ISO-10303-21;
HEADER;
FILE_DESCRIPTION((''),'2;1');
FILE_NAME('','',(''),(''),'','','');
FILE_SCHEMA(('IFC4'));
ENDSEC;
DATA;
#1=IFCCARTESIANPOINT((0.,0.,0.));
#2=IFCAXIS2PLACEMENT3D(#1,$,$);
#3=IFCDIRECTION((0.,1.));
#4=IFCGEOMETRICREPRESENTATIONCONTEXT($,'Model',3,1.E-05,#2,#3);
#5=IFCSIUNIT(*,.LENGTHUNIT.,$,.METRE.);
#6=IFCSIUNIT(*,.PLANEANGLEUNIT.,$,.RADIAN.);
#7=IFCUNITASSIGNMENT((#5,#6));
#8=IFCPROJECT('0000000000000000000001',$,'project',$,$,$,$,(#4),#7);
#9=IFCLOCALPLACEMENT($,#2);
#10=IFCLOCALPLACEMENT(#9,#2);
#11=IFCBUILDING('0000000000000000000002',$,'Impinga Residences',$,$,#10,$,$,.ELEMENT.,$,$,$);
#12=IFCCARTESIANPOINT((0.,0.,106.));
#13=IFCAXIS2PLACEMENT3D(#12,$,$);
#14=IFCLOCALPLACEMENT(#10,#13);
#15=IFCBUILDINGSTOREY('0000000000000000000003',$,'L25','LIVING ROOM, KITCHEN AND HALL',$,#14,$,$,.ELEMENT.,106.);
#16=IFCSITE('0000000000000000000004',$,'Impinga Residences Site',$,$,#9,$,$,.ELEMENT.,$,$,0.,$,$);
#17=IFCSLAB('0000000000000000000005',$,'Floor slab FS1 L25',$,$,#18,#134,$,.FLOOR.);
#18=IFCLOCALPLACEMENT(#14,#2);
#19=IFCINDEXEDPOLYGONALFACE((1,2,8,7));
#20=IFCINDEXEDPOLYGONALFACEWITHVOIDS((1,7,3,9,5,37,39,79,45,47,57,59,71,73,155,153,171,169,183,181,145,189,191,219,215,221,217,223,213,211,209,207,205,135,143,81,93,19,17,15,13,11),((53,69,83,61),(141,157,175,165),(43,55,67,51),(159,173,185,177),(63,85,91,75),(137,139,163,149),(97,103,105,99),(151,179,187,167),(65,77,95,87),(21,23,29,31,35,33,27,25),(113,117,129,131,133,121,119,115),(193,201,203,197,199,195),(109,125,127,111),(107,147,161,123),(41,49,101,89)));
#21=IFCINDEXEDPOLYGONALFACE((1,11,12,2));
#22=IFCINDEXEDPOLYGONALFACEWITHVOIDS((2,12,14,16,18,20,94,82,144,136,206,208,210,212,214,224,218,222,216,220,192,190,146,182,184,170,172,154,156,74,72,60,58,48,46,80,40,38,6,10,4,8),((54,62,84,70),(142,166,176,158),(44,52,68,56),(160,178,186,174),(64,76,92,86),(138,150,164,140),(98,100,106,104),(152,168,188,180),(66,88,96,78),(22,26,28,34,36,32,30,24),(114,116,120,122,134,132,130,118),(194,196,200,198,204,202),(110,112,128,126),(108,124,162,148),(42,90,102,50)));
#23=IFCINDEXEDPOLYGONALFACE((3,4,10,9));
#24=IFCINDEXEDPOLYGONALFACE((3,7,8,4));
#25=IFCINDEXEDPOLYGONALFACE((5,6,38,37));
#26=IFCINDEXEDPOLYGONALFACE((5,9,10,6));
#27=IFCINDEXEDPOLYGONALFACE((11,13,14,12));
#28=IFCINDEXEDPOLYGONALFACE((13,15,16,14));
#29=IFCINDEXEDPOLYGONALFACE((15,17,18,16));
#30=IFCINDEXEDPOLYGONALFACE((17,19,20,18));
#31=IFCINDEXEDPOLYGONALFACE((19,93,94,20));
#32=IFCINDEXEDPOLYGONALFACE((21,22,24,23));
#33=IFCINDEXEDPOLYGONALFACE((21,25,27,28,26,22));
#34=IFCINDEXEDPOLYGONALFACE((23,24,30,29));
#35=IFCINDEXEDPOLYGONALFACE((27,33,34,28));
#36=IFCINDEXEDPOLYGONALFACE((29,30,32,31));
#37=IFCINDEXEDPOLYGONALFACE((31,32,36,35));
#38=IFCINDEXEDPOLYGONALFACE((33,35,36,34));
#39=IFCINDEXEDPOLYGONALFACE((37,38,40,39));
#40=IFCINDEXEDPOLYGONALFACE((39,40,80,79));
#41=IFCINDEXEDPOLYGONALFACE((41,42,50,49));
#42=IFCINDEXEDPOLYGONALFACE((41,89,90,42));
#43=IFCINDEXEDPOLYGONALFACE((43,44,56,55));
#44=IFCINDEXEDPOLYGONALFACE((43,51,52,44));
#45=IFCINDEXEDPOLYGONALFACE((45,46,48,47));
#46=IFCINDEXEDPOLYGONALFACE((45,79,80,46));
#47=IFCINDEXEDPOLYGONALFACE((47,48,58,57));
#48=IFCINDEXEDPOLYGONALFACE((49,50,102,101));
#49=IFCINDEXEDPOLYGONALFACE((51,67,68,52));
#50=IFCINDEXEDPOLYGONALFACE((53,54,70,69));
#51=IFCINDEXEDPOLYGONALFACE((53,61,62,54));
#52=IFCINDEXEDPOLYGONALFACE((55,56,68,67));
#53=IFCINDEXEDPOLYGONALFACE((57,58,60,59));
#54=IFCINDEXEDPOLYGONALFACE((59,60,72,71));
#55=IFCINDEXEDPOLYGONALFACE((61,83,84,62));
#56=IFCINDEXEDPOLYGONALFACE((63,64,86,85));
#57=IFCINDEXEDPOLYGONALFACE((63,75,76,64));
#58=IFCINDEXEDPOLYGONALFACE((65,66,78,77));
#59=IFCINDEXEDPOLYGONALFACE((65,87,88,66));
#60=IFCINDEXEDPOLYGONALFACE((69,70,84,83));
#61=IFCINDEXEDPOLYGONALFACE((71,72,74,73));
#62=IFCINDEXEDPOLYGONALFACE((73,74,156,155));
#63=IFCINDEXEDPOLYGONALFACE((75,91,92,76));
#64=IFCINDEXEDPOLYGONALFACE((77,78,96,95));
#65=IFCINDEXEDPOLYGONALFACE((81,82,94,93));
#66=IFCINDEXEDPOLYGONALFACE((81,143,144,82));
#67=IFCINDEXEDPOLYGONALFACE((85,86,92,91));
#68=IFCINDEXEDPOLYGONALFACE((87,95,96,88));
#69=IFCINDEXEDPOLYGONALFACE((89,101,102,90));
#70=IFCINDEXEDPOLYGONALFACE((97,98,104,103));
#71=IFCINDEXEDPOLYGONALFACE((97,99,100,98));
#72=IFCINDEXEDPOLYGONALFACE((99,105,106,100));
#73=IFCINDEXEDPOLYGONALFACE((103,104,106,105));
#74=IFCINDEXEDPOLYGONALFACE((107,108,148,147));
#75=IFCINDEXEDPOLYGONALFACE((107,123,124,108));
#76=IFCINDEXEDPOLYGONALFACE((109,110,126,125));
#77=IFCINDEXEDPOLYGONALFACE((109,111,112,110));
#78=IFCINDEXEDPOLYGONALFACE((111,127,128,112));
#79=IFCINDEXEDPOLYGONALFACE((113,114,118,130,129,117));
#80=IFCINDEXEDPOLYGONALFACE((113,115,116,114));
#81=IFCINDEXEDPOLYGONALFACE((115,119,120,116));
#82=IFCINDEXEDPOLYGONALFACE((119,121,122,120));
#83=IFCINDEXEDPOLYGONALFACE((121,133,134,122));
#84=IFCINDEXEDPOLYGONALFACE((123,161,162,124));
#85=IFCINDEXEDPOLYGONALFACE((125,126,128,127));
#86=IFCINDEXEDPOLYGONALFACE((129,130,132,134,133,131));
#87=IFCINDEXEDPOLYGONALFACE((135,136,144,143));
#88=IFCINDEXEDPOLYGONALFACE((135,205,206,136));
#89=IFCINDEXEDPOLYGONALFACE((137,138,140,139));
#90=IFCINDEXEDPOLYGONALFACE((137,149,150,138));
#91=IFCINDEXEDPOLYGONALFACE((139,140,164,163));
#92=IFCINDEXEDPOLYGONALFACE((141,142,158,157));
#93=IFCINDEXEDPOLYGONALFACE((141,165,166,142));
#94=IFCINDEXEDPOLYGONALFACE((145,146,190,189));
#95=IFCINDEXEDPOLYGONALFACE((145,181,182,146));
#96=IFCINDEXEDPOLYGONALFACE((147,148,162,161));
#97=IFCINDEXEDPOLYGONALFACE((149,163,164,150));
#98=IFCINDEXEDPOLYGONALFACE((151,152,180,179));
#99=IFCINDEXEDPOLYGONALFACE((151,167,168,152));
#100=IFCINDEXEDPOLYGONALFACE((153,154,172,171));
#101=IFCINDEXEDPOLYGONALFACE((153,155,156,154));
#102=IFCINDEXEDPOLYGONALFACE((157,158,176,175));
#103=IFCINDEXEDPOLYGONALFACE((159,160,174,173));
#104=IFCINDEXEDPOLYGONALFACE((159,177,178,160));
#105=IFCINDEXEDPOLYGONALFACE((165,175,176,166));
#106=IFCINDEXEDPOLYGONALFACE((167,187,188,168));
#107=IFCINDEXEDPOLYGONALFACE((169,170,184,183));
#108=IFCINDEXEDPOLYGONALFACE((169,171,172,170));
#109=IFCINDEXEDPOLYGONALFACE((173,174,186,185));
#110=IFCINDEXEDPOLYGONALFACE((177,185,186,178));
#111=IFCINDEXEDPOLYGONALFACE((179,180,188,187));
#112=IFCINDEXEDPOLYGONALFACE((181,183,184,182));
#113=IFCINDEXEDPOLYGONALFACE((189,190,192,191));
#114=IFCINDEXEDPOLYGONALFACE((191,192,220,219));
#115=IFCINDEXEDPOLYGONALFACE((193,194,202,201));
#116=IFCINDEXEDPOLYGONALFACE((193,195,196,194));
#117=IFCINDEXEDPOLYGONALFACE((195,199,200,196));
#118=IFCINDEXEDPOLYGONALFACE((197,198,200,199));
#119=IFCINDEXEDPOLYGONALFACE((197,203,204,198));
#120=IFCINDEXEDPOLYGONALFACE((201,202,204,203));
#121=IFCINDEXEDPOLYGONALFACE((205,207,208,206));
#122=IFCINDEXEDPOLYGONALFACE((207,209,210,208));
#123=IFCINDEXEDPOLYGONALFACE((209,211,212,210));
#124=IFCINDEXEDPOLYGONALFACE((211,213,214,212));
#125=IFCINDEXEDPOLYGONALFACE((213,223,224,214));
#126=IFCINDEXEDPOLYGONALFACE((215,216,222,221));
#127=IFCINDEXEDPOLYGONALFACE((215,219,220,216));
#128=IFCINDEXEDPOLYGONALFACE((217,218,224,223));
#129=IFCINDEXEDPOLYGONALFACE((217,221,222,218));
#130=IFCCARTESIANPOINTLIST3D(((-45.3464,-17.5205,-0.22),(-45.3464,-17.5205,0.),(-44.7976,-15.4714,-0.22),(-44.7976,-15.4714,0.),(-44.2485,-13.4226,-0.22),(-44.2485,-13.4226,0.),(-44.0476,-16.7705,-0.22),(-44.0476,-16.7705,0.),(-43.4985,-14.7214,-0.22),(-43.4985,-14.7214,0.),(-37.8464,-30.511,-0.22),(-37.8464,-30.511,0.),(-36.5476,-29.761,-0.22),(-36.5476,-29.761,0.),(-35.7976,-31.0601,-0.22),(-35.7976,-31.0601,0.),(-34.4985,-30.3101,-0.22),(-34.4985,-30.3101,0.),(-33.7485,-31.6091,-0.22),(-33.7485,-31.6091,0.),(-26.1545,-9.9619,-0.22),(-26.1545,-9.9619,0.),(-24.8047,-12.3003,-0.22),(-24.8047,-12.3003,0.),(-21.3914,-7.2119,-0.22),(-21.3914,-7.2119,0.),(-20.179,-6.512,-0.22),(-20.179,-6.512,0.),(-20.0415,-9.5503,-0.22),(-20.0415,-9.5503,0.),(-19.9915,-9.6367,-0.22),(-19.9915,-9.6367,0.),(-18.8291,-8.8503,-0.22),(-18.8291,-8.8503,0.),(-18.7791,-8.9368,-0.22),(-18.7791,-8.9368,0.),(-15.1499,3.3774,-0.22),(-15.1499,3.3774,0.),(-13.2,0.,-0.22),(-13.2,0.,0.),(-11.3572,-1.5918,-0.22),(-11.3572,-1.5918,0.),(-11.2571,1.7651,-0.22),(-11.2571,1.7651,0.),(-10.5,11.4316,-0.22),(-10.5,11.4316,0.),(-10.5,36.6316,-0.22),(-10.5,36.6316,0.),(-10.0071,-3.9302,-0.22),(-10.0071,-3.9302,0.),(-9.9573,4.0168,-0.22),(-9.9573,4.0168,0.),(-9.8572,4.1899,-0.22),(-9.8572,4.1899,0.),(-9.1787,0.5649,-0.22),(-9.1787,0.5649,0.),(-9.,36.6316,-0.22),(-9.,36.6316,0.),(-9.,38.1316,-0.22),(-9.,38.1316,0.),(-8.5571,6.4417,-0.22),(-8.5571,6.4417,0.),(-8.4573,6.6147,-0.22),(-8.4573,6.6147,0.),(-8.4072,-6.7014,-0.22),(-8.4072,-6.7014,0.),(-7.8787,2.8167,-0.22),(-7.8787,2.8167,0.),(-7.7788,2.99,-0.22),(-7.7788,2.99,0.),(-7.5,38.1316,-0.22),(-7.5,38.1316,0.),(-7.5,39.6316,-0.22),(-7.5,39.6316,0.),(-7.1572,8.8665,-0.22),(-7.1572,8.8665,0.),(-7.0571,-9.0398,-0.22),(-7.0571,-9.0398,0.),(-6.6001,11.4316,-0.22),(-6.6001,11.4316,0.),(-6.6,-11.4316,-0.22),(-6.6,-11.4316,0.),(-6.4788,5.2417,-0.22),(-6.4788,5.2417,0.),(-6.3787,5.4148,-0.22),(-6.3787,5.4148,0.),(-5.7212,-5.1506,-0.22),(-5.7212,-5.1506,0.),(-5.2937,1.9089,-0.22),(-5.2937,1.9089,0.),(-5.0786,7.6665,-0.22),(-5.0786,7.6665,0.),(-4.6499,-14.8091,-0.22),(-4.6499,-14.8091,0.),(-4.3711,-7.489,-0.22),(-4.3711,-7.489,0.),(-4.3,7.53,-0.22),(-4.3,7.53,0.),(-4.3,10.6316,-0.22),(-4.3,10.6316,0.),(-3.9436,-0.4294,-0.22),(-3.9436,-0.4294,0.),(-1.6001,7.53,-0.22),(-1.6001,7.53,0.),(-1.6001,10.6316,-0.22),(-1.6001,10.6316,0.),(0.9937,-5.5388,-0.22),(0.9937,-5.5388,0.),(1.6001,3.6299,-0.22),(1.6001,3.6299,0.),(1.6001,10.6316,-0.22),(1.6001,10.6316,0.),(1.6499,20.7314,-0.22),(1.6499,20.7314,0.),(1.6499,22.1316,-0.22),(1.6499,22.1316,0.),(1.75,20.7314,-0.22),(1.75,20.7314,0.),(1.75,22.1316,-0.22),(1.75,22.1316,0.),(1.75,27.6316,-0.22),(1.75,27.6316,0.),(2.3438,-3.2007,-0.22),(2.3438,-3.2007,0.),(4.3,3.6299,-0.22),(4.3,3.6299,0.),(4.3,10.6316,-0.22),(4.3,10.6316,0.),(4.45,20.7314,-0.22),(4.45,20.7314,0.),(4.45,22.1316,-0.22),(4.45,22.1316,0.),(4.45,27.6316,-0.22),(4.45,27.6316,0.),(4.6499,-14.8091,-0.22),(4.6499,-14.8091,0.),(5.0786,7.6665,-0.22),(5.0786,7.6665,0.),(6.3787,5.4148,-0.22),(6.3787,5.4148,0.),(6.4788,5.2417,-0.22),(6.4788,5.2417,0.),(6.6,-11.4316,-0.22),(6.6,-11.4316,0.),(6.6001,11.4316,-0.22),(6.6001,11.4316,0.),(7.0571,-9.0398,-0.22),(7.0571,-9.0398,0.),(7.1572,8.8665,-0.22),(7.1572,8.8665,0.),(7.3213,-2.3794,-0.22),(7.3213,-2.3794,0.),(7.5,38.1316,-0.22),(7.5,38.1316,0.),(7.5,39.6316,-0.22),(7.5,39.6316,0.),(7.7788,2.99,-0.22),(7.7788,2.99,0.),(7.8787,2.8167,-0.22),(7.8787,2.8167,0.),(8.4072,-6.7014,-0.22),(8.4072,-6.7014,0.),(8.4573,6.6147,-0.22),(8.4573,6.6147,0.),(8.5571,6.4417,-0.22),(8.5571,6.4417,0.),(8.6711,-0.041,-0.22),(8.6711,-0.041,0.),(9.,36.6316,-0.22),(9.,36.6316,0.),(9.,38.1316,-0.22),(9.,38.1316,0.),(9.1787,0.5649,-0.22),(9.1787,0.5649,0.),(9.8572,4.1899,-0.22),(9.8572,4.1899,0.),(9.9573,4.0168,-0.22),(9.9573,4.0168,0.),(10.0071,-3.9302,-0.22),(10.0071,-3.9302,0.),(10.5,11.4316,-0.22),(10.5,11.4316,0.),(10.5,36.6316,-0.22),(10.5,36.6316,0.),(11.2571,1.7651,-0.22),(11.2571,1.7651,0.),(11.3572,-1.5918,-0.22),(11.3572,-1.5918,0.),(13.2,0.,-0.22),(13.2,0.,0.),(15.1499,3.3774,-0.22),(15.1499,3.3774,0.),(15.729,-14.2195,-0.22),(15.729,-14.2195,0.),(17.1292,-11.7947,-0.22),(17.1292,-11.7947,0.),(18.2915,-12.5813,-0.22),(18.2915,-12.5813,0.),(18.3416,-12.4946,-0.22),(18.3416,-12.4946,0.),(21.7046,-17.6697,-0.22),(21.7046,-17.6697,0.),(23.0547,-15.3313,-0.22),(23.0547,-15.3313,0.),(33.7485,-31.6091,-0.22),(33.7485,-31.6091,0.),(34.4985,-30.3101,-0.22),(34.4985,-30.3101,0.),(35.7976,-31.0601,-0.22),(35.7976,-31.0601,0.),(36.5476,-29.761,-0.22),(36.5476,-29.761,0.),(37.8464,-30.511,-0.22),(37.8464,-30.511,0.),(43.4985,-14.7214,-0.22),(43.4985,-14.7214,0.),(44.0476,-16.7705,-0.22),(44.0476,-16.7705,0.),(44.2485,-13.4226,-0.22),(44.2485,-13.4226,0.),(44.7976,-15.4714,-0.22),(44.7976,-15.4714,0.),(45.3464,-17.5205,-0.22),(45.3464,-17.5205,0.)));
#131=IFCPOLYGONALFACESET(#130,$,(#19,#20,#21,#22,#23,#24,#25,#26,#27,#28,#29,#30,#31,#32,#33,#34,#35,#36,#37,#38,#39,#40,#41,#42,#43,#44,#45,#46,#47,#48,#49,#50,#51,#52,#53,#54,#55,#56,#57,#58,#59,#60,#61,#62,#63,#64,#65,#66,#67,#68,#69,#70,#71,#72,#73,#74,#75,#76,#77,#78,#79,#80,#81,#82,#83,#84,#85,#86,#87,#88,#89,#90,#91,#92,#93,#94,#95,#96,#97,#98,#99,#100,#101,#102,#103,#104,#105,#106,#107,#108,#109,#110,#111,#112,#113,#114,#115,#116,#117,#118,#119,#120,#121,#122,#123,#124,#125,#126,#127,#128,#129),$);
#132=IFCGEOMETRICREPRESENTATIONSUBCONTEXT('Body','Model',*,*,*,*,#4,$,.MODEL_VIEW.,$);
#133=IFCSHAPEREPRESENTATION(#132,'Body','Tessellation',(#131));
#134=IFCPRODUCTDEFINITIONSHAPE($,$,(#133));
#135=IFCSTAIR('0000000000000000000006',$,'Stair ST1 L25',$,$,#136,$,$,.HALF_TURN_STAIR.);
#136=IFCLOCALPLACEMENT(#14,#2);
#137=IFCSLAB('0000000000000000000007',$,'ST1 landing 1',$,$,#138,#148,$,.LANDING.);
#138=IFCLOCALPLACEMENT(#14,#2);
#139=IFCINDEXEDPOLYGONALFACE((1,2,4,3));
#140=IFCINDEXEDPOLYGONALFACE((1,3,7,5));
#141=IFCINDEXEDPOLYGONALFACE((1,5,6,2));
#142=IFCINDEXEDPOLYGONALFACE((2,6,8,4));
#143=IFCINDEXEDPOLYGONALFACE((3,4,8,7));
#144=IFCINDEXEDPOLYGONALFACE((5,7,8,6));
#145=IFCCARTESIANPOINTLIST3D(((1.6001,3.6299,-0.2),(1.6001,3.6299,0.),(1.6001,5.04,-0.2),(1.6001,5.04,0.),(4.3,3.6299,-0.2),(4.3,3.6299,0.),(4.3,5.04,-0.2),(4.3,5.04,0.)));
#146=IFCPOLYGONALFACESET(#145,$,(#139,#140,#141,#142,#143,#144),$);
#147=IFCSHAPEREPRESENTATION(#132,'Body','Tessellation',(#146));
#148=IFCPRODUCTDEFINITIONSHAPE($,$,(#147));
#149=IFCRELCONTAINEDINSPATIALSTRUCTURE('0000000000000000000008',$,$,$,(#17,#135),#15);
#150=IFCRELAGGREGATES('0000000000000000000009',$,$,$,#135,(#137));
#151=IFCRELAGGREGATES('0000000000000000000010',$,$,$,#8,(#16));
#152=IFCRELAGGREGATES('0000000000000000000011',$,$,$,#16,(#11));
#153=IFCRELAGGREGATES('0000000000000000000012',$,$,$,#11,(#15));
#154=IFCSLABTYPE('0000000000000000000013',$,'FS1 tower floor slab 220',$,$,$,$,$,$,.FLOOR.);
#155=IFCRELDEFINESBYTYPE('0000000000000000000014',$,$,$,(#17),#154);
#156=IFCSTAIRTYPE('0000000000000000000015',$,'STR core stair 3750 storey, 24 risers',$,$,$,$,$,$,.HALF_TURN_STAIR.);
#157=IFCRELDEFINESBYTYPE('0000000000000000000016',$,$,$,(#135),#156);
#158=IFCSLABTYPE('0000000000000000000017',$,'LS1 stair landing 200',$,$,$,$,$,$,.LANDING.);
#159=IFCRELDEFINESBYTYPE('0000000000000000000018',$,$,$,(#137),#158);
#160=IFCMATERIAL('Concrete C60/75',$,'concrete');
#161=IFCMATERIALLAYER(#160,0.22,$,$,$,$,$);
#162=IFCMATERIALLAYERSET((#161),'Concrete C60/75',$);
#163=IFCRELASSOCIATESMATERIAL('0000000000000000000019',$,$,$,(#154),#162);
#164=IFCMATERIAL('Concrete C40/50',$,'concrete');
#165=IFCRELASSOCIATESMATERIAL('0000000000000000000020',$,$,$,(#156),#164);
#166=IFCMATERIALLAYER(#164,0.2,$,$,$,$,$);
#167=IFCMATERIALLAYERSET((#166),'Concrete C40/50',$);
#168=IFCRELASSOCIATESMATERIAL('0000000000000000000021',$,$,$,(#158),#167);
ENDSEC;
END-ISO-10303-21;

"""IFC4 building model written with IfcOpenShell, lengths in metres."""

from ifc_helpers import new_model, si_unit, direction, frame, origin, place, context, subcontext, project, spatial, polyline, outline, extrude, material, layer, layer_set, type_object, element, aggregate, save


model = new_model("IFC4")

# Units and contexts
model_context = context("Model", 3, precision=1e-05, world=origin(), true_north=direction((0.0, 1.0)))
body_context = subcontext(model_context, "Body", "Model", "MODEL_VIEW")
ifc_project = project(units=[si_unit("LENGTHUNIT", "METRE"), si_unit("PLANEANGLEUNIT", "RADIAN")], contexts=[model_context])

# Site, building, storey
site_placement = place(None, origin())
site = spatial("IfcSite", under=ifc_project, at=site_placement, Name="Impinga Residences Site", CompositionType="ELEMENT", RefElevation=0.0)
building_placement = place(site_placement, origin())
building = spatial("IfcBuilding", under=site, at=building_placement, Name="Impinga Residences", CompositionType="ELEMENT")
storey_placement = place(building_placement, frame((0.0, 0.0, 106.0)))
storey = spatial("IfcBuildingStorey", under=building, at=storey_placement, Name="L25", Description="LIVING ROOM, KITCHEN AND HALL", CompositionType="ELEMENT", Elevation=106.0)

# Slab
ifc_material_1 = material(Name="Concrete C60/75", Category="concrete")
ifc_layer_1 = layer(ifc_material_1, 0.22)
ifc_layer_set_1 = layer_set([ifc_layer_1], Name="Concrete C60/75")
slab_type_1 = type_object("IfcSlabType", Name="FS1 tower floor slab 220", PredefinedType="FLOOR", material=ifc_layer_set_1)
slab_1_placement = place(storey_placement, frame((0.0, 0.0, -0.22)))
element("IfcSlab", 1, at=slab_1_placement, inside=storey, type_object=slab_type_1, Name="Floor slab FS1 L25", PredefinedType="FLOOR", context=body_context, shape_type="SweptSolid", body=[
    extrude(outline(polyline([(-34.4985, -30.3101), (-35.7976, -31.0601), (-36.5476, -29.761), (-37.8464, -30.511), (-45.3464, -17.5205), (-44.0476, -16.7705), (-44.7976, -15.4714), (-43.4985, -14.7214), (-44.2485, -13.4226), (-15.1499, 3.3774), (-13.2, 0.0), (-6.6001, 11.4316), (-10.5, 11.4316), (-10.5, 36.6316), (-9.0, 36.6316), (-9.0, 38.1316), (-7.5, 38.1316), (-7.5, 39.6316), (7.5, 39.6316), (7.5, 38.1316), (9.0, 38.1316), (9.0, 36.6316), (10.5, 36.6316), (10.5, 11.4316), (6.6001, 11.4316), (13.2, 0.0), (15.1499, 3.3774), (44.2485, -13.4226), (43.4985, -14.7214), (44.7976, -15.4714), (44.0476, -16.7705), (45.3464, -17.5205), (37.8464, -30.511), (36.5476, -29.761), (35.7976, -31.0601), (34.4985, -30.3101), (33.7485, -31.6091), (4.6499, -14.8091), (9.9001, -5.7158), (6.6001, -11.4316), (-6.6001, -11.4316), (-9.9001, -5.7158), (-4.6499, -14.8091), (-33.7485, -31.6091), (-34.4985, -30.3101)]), holes=[polyline([(-18.7791, -8.9368), (-18.8291, -8.8503), (-18.8291, -8.8503), (-20.179, -6.512), (-21.3914, -7.2119), (-21.3914, -7.2119), (-26.1545, -9.9619), (-24.8047, -12.3003), (-20.0415, -9.5503), (-19.9915, -9.6367), (-18.7791, -8.9368)]), polyline([(-4.3711, -7.489), (-5.7212, -5.1506), (-8.4072, -6.7014), (-7.0571, -9.0398), (-4.3711, -7.489)]), polyline([(-3.9436, -0.4294), (-5.2937, 1.9089), (-11.3572, -1.5918), (-10.0071, -3.9302), (-3.9436, -0.4294)]), polyline([(-7.8787, 2.8167), (-9.9573, 4.0168), (-11.2571, 1.7651), (-9.1787, 0.5649), (-7.8787, 2.8167)]), polyline([(-6.4788, 5.2417), (-8.5571, 6.4417), (-9.8572, 4.1899), (-7.7788, 2.99), (-6.4788, 5.2417)]), polyline([(4.3, 3.6299), (4.3, 10.6316), (1.6001, 10.6316), (1.6001, 3.6299), (4.3, 3.6299)]), polyline([(-6.3787, 5.4148), (-5.0786, 7.6665), (-7.1572, 8.8665), (-8.4573, 6.6147), (-6.3787, 5.4148)]), polyline([(-4.3, 7.53), (-1.6001, 7.53), (-1.6001, 10.6316), (-4.3, 10.6316), (-4.3, 7.53)]), polyline([(4.45, 20.7314), (4.45, 22.1316), (4.45, 27.6316), (1.75, 27.6316), (1.75, 22.1316), (1.6499, 22.1316), (1.6499, 20.7314), (1.75, 20.7314), (4.45, 20.7314)]), polyline([(15.729, -14.2195), (21.7046, -17.6697), (23.0547, -15.3313), (18.2915, -12.5813), (18.3416, -12.4946), (17.1292, -11.7947), (15.729, -14.2195)]), polyline([(2.3438, -3.2007), (0.9937, -5.5388), (7.0571, -9.0398), (8.4072, -6.7014), (2.3438, -3.2007)]), polyline([(7.3213, -2.3794), (10.0071, -3.9302), (11.3572, -1.5918), (8.6711, -0.041), (7.3213, -2.3794)]), polyline([(7.8787, 2.8167), (9.1787, 0.5649), (11.2571, 1.7651), (9.9573, 4.0168), (7.8787, 2.8167)]), polyline([(6.4788, 5.2417), (7.7788, 2.99), (9.8572, 4.1899), (8.5571, 6.4417), (6.4788, 5.2417)]), polyline([(6.3787, 5.4148), (8.4573, 6.6147), (7.1572, 8.8665), (5.0786, 7.6665), (6.3787, 5.4148)])]), origin(), (0.0, 0.0, 1.0), 0.22),
])

# Stair, slab
ifc_material_2 = material(Name="Concrete C40/50", Category="concrete")
stair_type = type_object("IfcStairType", Name="STR core stair 3750 storey, 24 risers", PredefinedType="HALF_TURN_STAIR", material=ifc_material_2)
stair_1_placement = place(storey_placement, origin())
stair_1 = element("IfcStair", 2, at=stair_1_placement, inside=storey, type_object=stair_type, Name="Stair ST1 L25", PredefinedType="HALF_TURN_STAIR")
ifc_layer_2 = layer(ifc_material_2, 0.2)
ifc_layer_set_2 = layer_set([ifc_layer_2], Name="Concrete C40/50")
slab_type_2 = type_object("IfcSlabType", Name="LS1 stair landing 200", PredefinedType="LANDING", material=ifc_layer_set_2)
slab_2_placement = place(storey_placement, frame((0.0, 0.0, -0.2)))
slab_2 = element("IfcSlab", 3, at=slab_2_placement, type_object=slab_type_2, Name="ST1 landing 1", PredefinedType="LANDING", context=body_context, shape_type="SweptSolid", body=[
    extrude(outline(polyline([(1.6001, 3.6299), (4.3, 3.6299), (4.3, 5.04), (1.6001, 5.04), (1.6001, 3.6299)])), origin(), (0.0, 0.0, 1.0), 0.2),
])
aggregate(stair_1, [slab_2])

save(model, "model.ifc")
